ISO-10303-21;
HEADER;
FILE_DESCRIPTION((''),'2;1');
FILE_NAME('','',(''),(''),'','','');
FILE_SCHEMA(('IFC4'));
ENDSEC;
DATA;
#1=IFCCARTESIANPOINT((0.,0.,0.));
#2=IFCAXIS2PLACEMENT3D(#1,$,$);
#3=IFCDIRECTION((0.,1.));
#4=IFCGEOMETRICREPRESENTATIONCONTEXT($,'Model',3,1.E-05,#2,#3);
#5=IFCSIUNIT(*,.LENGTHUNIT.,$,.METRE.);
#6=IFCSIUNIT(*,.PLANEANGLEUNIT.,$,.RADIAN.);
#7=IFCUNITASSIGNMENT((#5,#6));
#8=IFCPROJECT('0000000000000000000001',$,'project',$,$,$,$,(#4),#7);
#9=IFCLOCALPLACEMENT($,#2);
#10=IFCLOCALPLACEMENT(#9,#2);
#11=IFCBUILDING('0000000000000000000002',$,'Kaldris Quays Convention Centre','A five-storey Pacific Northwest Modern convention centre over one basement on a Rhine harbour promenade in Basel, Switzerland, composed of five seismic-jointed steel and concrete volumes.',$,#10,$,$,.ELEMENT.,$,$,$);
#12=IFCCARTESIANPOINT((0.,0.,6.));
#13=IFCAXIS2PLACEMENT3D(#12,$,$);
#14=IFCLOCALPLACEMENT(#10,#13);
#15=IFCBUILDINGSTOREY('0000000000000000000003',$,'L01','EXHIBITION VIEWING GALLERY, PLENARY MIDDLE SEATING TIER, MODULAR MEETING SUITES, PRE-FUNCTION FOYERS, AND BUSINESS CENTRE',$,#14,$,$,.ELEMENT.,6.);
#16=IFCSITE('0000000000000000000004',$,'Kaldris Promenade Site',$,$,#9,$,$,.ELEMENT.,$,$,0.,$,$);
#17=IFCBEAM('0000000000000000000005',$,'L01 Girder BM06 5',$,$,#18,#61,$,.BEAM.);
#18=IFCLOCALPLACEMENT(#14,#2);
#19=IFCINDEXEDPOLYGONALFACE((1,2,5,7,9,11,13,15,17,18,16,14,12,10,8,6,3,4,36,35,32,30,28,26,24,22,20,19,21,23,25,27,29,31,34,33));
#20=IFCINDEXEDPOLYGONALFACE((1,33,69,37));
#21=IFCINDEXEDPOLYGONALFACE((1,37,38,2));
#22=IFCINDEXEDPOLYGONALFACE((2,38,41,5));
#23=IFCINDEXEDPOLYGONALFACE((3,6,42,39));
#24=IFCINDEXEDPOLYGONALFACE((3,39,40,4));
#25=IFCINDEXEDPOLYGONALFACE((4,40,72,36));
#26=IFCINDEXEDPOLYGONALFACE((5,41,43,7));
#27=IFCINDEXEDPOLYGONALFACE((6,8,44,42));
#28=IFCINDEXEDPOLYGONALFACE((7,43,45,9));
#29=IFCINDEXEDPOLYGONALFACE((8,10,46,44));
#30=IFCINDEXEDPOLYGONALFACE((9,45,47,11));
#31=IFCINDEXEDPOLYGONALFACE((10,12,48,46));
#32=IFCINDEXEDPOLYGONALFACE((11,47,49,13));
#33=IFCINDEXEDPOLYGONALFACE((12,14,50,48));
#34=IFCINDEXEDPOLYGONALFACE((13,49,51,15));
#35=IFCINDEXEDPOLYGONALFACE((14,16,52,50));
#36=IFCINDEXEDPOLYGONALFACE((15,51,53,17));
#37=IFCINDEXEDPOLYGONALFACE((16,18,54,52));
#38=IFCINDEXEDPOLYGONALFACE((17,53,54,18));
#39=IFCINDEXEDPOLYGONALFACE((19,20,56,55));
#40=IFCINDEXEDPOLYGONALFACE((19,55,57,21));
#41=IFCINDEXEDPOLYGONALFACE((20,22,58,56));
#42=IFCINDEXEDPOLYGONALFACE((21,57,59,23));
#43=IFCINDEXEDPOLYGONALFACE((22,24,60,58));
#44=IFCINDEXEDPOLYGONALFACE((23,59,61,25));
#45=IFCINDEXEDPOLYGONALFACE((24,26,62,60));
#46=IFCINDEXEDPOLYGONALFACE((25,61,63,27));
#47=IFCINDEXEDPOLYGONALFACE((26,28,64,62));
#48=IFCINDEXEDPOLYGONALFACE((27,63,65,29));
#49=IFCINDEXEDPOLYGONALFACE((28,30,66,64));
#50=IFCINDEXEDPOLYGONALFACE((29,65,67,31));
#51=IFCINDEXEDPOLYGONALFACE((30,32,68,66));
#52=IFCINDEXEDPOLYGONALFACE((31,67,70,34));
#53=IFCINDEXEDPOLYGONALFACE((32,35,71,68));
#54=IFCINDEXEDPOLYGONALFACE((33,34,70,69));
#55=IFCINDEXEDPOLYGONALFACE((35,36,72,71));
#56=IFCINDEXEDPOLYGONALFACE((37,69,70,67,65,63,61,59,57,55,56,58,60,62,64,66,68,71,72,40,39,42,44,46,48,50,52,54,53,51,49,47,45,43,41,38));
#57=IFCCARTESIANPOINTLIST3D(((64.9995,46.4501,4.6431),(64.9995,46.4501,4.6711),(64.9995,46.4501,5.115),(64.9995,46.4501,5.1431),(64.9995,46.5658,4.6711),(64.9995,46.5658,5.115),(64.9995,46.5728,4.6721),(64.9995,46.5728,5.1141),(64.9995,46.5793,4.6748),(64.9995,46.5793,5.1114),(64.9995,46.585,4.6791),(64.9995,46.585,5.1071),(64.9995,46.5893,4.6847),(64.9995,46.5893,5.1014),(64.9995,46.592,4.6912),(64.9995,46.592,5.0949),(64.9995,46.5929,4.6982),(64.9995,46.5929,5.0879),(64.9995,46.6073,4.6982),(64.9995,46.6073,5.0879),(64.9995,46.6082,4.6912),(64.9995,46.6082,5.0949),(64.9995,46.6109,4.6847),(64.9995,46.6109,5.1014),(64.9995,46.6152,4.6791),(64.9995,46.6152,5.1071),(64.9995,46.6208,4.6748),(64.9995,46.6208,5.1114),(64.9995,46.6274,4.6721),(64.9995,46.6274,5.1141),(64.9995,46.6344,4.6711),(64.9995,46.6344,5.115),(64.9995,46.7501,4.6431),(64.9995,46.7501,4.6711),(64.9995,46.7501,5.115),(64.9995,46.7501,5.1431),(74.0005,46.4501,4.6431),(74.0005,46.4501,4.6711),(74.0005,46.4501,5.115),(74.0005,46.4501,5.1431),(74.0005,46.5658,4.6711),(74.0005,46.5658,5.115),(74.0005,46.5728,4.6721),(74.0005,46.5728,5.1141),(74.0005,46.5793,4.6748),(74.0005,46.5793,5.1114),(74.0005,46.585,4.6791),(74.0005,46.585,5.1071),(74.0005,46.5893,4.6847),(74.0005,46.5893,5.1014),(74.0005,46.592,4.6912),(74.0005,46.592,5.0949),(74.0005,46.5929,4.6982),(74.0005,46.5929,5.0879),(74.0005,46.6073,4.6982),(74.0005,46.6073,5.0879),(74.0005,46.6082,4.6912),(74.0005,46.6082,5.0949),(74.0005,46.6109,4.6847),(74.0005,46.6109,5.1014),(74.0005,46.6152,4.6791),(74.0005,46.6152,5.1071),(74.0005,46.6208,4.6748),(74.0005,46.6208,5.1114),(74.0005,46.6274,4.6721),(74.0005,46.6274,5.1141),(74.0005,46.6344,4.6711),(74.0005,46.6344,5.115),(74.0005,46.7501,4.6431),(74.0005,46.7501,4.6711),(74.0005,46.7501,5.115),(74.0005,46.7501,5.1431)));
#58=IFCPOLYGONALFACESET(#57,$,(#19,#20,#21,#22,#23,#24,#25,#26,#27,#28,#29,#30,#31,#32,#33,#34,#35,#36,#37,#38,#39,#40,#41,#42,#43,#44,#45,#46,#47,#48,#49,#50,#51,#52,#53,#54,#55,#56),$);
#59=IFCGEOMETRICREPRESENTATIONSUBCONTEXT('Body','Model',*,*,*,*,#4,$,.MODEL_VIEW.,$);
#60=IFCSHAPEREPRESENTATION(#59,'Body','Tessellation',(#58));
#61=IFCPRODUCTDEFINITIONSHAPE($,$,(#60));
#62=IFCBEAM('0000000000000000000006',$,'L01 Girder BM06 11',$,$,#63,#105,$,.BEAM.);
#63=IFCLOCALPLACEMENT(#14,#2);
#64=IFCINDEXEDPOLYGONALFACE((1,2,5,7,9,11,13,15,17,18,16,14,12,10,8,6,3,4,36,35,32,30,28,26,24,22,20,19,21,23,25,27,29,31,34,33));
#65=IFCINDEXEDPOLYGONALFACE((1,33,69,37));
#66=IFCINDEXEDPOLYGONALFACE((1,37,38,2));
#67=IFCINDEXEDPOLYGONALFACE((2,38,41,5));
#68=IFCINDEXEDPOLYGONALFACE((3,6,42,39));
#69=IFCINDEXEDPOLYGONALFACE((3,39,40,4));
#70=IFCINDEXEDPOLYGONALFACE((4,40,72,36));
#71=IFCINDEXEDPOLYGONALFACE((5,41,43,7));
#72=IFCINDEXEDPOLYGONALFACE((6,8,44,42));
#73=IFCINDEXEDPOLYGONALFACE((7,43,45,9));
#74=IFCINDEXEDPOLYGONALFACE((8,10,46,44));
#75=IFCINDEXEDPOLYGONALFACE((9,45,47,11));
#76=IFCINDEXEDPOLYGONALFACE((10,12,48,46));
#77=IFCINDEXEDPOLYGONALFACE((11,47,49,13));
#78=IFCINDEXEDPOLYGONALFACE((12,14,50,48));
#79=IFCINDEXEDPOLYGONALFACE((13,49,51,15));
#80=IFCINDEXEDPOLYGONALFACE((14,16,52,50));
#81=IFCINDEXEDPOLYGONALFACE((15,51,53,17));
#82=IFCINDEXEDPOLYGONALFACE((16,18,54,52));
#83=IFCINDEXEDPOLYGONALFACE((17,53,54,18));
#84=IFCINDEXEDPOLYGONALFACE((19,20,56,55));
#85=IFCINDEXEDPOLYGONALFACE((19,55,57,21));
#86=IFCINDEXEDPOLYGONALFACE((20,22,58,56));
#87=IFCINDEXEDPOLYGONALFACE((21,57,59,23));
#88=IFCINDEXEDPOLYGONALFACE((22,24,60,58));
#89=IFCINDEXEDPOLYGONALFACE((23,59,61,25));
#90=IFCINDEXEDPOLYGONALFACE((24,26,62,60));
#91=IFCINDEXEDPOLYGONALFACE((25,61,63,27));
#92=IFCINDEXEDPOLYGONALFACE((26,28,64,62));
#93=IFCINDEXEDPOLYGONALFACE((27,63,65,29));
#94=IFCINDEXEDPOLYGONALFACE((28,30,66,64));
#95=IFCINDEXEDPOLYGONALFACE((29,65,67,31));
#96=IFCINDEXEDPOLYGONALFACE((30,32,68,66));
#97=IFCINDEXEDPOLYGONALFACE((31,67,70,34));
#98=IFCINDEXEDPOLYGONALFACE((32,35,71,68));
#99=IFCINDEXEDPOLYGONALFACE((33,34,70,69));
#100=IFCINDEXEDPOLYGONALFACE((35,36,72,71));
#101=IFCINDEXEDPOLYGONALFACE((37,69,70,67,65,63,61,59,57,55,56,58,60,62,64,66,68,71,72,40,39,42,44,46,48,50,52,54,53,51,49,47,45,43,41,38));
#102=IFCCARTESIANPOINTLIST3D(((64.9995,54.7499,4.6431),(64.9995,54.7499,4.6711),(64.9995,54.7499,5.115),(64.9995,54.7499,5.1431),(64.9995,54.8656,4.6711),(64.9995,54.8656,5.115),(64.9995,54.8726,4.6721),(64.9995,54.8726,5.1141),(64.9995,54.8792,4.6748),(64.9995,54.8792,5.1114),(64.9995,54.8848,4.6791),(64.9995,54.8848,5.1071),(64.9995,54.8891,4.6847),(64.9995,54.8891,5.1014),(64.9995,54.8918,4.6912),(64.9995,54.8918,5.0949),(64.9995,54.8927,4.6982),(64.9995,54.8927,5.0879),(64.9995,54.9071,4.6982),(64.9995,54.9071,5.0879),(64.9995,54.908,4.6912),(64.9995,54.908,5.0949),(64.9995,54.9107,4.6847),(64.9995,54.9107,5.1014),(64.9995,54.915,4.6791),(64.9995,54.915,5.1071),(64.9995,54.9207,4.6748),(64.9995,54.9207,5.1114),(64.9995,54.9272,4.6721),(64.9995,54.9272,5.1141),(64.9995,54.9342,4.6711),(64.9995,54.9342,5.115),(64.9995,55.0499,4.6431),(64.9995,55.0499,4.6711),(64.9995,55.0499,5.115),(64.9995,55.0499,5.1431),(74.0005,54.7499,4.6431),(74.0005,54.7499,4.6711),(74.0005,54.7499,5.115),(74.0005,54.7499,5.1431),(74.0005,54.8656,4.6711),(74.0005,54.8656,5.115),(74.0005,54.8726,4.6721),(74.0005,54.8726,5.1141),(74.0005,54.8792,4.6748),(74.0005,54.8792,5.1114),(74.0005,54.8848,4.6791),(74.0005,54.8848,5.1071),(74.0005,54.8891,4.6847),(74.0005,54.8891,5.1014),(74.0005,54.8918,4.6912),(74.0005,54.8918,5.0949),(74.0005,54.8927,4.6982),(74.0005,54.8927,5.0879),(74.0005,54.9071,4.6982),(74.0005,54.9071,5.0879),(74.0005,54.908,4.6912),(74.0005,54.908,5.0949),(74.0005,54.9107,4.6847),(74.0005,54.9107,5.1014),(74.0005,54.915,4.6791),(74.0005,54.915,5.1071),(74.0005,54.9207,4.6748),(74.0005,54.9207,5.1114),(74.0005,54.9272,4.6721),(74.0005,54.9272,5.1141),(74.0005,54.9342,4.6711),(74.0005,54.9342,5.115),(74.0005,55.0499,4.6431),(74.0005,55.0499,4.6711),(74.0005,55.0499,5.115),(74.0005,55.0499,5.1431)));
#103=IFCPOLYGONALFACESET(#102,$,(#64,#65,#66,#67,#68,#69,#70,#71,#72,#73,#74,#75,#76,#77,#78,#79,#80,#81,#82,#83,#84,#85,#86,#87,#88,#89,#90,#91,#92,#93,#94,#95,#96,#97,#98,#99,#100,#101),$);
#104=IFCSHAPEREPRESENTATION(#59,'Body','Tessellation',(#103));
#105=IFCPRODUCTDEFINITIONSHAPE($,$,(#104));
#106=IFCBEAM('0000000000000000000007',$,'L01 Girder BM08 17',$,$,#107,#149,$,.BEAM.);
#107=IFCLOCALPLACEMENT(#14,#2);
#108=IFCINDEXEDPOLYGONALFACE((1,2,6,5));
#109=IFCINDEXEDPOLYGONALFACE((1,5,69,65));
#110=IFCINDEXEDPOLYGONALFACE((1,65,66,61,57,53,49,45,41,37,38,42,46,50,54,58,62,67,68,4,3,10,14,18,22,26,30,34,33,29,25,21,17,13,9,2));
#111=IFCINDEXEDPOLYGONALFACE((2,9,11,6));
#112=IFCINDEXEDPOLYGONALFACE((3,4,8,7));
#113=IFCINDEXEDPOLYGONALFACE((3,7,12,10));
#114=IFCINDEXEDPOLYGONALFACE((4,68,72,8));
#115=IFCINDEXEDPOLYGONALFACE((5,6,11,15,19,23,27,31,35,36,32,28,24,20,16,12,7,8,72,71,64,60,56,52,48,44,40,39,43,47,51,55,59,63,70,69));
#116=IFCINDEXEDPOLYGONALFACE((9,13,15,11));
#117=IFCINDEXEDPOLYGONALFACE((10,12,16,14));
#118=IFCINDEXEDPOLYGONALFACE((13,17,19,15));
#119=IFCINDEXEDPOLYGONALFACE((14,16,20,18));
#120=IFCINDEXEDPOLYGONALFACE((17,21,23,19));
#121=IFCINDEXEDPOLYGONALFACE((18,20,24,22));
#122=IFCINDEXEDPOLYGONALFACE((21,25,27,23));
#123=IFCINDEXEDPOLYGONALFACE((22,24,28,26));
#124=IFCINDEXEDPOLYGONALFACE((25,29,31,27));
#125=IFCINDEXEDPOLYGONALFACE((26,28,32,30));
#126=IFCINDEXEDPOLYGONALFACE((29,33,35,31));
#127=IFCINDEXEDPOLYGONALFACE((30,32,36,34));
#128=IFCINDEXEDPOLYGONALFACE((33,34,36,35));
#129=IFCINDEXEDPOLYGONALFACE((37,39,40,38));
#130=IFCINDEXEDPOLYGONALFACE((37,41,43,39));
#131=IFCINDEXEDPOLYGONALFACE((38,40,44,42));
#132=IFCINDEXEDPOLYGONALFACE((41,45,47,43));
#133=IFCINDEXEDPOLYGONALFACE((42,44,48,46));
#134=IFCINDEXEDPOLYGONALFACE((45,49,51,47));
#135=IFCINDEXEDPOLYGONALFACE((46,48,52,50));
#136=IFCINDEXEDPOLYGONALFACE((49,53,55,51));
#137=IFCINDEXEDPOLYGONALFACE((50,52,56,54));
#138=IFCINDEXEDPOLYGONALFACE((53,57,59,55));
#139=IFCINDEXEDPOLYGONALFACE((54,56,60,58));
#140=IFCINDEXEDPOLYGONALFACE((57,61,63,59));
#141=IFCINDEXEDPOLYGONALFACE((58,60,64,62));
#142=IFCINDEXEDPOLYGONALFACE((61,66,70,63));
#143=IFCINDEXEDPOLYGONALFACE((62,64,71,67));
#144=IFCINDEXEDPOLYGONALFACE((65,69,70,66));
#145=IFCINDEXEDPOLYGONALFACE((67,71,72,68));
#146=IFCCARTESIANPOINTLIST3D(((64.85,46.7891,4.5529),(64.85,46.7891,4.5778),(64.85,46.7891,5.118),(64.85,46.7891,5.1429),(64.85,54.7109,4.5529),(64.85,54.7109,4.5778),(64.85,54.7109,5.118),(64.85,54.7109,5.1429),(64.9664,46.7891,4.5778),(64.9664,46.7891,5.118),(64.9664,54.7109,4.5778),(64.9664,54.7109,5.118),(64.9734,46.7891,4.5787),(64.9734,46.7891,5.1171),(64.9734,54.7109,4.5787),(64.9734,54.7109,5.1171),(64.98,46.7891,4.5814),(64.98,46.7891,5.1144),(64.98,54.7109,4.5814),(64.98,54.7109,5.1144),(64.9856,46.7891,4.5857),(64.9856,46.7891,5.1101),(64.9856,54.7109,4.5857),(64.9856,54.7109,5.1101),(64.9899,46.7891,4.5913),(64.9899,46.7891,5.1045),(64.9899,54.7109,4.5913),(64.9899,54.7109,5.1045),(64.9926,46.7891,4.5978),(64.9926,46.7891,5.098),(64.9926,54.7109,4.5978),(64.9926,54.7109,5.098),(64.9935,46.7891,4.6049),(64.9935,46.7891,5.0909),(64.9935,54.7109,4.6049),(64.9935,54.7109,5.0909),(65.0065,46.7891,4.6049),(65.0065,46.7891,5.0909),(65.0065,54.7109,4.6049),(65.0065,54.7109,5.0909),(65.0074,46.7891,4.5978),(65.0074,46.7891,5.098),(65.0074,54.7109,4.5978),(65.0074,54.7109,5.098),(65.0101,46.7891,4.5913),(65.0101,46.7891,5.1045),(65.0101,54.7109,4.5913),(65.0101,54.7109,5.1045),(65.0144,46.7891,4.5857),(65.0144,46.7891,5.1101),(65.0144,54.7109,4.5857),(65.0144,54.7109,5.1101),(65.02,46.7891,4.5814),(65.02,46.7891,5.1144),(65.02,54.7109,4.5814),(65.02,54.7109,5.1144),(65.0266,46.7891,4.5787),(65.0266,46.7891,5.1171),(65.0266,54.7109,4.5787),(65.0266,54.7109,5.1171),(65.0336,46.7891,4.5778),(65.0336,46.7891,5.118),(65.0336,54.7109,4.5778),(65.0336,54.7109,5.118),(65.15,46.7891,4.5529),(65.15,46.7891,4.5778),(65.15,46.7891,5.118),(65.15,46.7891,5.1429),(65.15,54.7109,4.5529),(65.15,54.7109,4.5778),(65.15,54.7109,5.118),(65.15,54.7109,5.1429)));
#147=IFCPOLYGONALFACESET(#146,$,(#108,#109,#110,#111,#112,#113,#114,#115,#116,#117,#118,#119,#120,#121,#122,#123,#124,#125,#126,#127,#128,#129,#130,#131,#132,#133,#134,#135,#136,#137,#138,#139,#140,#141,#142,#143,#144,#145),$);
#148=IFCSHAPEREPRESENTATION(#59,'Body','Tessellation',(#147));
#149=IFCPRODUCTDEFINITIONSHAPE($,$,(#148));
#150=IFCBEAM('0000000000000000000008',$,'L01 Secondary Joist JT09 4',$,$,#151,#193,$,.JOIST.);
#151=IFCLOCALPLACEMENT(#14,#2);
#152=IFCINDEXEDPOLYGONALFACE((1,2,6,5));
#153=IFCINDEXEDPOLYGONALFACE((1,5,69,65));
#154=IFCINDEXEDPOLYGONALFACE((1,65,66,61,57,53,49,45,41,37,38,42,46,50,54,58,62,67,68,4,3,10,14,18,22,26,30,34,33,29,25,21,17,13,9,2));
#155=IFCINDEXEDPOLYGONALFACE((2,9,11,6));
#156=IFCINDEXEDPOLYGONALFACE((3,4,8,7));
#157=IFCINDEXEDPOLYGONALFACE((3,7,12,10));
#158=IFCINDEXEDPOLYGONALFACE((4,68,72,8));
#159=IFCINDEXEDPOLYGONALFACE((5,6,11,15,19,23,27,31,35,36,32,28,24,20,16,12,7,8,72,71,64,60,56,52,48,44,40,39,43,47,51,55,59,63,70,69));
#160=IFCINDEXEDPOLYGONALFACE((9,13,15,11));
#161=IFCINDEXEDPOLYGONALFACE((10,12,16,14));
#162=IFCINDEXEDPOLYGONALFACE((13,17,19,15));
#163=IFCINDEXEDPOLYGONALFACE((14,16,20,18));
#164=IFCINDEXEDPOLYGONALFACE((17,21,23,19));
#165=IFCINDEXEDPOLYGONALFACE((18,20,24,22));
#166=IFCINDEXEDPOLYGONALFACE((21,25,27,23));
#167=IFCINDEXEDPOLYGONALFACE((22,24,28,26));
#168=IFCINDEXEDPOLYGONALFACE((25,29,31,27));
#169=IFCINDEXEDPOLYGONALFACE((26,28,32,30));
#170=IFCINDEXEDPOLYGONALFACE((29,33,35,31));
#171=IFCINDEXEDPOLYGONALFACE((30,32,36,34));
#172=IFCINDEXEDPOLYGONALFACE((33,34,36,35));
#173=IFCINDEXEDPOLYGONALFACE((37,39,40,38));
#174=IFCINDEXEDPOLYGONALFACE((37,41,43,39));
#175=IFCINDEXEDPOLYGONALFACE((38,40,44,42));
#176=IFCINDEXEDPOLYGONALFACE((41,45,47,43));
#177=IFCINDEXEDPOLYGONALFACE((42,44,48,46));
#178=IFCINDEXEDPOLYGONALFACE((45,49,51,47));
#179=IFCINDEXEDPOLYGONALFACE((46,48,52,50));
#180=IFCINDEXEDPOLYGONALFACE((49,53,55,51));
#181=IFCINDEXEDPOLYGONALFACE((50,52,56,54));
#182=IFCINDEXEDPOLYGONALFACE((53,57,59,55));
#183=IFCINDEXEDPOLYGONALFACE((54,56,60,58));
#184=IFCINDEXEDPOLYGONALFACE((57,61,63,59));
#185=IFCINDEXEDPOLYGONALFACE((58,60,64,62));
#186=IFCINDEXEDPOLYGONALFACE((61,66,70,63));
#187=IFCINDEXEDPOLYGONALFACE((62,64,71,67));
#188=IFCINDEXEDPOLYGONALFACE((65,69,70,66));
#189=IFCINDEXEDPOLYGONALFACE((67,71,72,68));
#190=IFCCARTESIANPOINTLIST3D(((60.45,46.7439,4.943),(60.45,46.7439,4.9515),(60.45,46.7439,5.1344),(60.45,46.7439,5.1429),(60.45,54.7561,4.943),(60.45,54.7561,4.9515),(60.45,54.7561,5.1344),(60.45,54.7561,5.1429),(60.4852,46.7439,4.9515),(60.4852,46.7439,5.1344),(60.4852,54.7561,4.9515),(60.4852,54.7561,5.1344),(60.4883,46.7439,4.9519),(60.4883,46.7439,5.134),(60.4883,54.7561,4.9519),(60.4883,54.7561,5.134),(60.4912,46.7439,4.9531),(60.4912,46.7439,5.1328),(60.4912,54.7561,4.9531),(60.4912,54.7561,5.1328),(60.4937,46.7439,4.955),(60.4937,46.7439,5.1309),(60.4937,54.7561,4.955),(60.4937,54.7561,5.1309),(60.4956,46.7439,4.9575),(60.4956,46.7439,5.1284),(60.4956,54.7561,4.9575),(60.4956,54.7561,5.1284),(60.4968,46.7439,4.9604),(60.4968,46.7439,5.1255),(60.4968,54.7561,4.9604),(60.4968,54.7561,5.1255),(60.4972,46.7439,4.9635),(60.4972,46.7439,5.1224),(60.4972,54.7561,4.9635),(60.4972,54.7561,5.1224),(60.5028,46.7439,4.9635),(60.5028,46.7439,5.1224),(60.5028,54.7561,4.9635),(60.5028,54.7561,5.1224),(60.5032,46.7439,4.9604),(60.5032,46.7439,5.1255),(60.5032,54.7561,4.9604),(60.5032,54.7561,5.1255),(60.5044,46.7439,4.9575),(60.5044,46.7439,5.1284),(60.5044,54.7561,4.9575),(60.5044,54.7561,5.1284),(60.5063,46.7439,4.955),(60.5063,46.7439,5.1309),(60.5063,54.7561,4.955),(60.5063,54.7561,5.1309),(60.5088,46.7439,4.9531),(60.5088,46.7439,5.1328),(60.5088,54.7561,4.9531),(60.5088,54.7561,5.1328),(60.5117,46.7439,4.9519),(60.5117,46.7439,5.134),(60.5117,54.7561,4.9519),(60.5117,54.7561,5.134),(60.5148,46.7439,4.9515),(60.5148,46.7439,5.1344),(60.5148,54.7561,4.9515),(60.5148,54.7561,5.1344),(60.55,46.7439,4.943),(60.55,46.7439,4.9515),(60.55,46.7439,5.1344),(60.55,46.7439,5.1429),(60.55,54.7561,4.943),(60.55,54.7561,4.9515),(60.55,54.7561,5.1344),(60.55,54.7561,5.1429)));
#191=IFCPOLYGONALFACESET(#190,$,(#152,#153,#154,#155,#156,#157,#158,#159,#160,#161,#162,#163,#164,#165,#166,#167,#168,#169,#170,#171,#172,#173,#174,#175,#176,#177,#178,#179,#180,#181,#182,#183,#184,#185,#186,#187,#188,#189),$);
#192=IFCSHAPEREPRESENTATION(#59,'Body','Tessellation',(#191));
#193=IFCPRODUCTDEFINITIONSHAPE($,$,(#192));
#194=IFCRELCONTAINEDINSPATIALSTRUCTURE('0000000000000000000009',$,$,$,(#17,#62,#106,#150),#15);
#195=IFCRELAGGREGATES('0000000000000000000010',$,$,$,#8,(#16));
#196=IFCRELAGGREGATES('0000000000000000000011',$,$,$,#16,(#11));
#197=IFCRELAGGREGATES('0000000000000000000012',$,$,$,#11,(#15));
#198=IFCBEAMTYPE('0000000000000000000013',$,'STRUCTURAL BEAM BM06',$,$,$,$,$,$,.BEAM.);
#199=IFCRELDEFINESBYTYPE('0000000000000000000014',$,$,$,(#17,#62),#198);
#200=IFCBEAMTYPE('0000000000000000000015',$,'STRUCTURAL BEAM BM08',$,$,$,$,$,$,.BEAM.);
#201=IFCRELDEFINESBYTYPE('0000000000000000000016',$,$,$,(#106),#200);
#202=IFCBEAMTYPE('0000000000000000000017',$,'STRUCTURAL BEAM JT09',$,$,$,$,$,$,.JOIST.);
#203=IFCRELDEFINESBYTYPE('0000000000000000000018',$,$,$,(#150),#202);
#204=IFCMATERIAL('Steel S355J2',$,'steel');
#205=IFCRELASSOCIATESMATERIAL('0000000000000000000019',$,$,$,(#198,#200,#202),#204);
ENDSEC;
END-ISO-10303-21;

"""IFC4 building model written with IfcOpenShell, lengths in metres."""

from ifc_helpers import new_model, si_unit, direction, frame, origin, origin_2d, place, context, subcontext, project, spatial, i_section, extrude, material, material_profile, profile_set, type_object, element, save


model = new_model("IFC4")

# Units and contexts
model_context = context("Model", 3, precision=1e-05, world=origin(), true_north=direction((0.0, 1.0)))
body_context = subcontext(model_context, "Body", "Model", "MODEL_VIEW")
ifc_project = project(units=[si_unit("LENGTHUNIT", "METRE"), si_unit("PLANEANGLEUNIT", "RADIAN")], contexts=[model_context])

# Site, building, storey
site_placement = place(None, origin())
site = spatial("IfcSite", under=ifc_project, at=site_placement, Name="Kaldris Promenade Site", CompositionType="ELEMENT", RefElevation=0.0)
building_placement = place(site_placement, origin())
building = spatial("IfcBuilding", under=site, at=building_placement, Name="Kaldris Quays Convention Centre", Description="A five-storey Pacific Northwest Modern convention centre over one basement on a Rhine harbour promenade in Basel, Switzerland, composed of five seismic-jointed steel and concrete volumes.", CompositionType="ELEMENT")
storey_placement = place(building_placement, frame((0.0, 0.0, 6.0)))
storey = spatial("IfcBuildingStorey", under=building, at=storey_placement, Name="L01", Description="EXHIBITION VIEWING GALLERY, PLENARY MIDDLE SEATING TIER, MODULAR MEETING SUITES, PRE-FUNCTION FOYERS, AND BUSINESS CENTRE", CompositionType="ELEMENT", Elevation=6.0)

# Beams
ifc_material_1 = material(Name="Steel S355J2", Category="steel")
ifc_material_profile_1 = material_profile(ifc_material_1, i_section(OverallWidth=0.3, OverallDepth=0.5, WebThickness=0.0144, FlangeThickness=0.0281, FilletRadius=0.0271, at=origin_2d()), Name="HEB 500")
ifc_profile_set_1 = profile_set([ifc_material_profile_1], Name="Steel S355J2")
beam_type_1 = type_object("IfcBeamType", Name="STRUCTURAL BEAM BM06", PredefinedType="BEAM", material=ifc_profile_set_1)
for number, where, z_axis, x_axis, name in (
    (1, (64.9995, 46.6001, 4.8931), (1.0, 0.0, 0.0), (0.0, 1.0, 0.0), "L01 Girder BM06 5"),
    (2, (64.9995, 54.8999, 4.8931), (1.0, 0.0, 0.0), (0.0, 1.0, 0.0), "L01 Girder BM06 11"),
):
    element("IfcBeam", number, at=place(storey_placement, frame(where, z_axis=z_axis, x_axis=x_axis)), inside=storey, type_object=beam_type_1, Name=name, PredefinedType="BEAM", context=body_context, shape_type="SweptSolid", body=[
        extrude(i_section(OverallWidth=0.3, OverallDepth=0.5, WebThickness=0.0144, FlangeThickness=0.0281, FilletRadius=0.0271, at=origin_2d()), origin(), (0.0, 0.0, 1.0), 9.001),
    ])
ifc_material_profile_2 = material_profile(ifc_material_1, i_section(OverallWidth=0.3, OverallDepth=0.5901, WebThickness=0.0129, FlangeThickness=0.0249, FilletRadius=0.0271, at=origin_2d()), Name="HEA 600")
ifc_profile_set_2 = profile_set([ifc_material_profile_2], Name="Steel S355J2")
beam_type_2 = type_object("IfcBeamType", Name="STRUCTURAL BEAM BM08", PredefinedType="BEAM", material=ifc_profile_set_2)
beam_1_placement = place(storey_placement, frame((65.0, 46.7891, 4.8479), z_axis=(0.0, 1.0, 0.0), x_axis=(-1.0, 0.0, 0.0)))
element("IfcBeam", 3, at=beam_1_placement, inside=storey, type_object=beam_type_2, Name="L01 Girder BM08 17", PredefinedType="BEAM", context=body_context, shape_type="SweptSolid", body=[
    extrude(i_section(OverallWidth=0.3, OverallDepth=0.5901, WebThickness=0.0129, FlangeThickness=0.0249, FilletRadius=0.0271, at=origin_2d()), origin(), (0.0, 0.0, 1.0), 7.9219),
])
ifc_material_profile_3 = material_profile(ifc_material_1, i_section(OverallWidth=0.1001, OverallDepth=0.2, WebThickness=0.0056, FlangeThickness=0.0085, FilletRadius=0.012, at=origin_2d()), Name="IPE 200")
ifc_profile_set_3 = profile_set([ifc_material_profile_3], Name="Steel S355J2")
beam_type_3 = type_object("IfcBeamType", Name="STRUCTURAL BEAM JT09", PredefinedType="JOIST", material=ifc_profile_set_3)
beam_2_placement = place(storey_placement, frame((60.5, 46.7439, 5.043), z_axis=(0.0, 1.0, 0.0), x_axis=(-1.0, 0.0, 0.0)))
element("IfcBeam", 4, at=beam_2_placement, inside=storey, type_object=beam_type_3, Name="L01 Secondary Joist JT09 4", PredefinedType="JOIST", context=body_context, shape_type="SweptSolid", body=[
    extrude(i_section(OverallWidth=0.1001, OverallDepth=0.2, WebThickness=0.0056, FlangeThickness=0.0085, FilletRadius=0.012, at=origin_2d()), origin(), (0.0, 0.0, 1.0), 8.0122),
])

save(model, "model.ifc")
